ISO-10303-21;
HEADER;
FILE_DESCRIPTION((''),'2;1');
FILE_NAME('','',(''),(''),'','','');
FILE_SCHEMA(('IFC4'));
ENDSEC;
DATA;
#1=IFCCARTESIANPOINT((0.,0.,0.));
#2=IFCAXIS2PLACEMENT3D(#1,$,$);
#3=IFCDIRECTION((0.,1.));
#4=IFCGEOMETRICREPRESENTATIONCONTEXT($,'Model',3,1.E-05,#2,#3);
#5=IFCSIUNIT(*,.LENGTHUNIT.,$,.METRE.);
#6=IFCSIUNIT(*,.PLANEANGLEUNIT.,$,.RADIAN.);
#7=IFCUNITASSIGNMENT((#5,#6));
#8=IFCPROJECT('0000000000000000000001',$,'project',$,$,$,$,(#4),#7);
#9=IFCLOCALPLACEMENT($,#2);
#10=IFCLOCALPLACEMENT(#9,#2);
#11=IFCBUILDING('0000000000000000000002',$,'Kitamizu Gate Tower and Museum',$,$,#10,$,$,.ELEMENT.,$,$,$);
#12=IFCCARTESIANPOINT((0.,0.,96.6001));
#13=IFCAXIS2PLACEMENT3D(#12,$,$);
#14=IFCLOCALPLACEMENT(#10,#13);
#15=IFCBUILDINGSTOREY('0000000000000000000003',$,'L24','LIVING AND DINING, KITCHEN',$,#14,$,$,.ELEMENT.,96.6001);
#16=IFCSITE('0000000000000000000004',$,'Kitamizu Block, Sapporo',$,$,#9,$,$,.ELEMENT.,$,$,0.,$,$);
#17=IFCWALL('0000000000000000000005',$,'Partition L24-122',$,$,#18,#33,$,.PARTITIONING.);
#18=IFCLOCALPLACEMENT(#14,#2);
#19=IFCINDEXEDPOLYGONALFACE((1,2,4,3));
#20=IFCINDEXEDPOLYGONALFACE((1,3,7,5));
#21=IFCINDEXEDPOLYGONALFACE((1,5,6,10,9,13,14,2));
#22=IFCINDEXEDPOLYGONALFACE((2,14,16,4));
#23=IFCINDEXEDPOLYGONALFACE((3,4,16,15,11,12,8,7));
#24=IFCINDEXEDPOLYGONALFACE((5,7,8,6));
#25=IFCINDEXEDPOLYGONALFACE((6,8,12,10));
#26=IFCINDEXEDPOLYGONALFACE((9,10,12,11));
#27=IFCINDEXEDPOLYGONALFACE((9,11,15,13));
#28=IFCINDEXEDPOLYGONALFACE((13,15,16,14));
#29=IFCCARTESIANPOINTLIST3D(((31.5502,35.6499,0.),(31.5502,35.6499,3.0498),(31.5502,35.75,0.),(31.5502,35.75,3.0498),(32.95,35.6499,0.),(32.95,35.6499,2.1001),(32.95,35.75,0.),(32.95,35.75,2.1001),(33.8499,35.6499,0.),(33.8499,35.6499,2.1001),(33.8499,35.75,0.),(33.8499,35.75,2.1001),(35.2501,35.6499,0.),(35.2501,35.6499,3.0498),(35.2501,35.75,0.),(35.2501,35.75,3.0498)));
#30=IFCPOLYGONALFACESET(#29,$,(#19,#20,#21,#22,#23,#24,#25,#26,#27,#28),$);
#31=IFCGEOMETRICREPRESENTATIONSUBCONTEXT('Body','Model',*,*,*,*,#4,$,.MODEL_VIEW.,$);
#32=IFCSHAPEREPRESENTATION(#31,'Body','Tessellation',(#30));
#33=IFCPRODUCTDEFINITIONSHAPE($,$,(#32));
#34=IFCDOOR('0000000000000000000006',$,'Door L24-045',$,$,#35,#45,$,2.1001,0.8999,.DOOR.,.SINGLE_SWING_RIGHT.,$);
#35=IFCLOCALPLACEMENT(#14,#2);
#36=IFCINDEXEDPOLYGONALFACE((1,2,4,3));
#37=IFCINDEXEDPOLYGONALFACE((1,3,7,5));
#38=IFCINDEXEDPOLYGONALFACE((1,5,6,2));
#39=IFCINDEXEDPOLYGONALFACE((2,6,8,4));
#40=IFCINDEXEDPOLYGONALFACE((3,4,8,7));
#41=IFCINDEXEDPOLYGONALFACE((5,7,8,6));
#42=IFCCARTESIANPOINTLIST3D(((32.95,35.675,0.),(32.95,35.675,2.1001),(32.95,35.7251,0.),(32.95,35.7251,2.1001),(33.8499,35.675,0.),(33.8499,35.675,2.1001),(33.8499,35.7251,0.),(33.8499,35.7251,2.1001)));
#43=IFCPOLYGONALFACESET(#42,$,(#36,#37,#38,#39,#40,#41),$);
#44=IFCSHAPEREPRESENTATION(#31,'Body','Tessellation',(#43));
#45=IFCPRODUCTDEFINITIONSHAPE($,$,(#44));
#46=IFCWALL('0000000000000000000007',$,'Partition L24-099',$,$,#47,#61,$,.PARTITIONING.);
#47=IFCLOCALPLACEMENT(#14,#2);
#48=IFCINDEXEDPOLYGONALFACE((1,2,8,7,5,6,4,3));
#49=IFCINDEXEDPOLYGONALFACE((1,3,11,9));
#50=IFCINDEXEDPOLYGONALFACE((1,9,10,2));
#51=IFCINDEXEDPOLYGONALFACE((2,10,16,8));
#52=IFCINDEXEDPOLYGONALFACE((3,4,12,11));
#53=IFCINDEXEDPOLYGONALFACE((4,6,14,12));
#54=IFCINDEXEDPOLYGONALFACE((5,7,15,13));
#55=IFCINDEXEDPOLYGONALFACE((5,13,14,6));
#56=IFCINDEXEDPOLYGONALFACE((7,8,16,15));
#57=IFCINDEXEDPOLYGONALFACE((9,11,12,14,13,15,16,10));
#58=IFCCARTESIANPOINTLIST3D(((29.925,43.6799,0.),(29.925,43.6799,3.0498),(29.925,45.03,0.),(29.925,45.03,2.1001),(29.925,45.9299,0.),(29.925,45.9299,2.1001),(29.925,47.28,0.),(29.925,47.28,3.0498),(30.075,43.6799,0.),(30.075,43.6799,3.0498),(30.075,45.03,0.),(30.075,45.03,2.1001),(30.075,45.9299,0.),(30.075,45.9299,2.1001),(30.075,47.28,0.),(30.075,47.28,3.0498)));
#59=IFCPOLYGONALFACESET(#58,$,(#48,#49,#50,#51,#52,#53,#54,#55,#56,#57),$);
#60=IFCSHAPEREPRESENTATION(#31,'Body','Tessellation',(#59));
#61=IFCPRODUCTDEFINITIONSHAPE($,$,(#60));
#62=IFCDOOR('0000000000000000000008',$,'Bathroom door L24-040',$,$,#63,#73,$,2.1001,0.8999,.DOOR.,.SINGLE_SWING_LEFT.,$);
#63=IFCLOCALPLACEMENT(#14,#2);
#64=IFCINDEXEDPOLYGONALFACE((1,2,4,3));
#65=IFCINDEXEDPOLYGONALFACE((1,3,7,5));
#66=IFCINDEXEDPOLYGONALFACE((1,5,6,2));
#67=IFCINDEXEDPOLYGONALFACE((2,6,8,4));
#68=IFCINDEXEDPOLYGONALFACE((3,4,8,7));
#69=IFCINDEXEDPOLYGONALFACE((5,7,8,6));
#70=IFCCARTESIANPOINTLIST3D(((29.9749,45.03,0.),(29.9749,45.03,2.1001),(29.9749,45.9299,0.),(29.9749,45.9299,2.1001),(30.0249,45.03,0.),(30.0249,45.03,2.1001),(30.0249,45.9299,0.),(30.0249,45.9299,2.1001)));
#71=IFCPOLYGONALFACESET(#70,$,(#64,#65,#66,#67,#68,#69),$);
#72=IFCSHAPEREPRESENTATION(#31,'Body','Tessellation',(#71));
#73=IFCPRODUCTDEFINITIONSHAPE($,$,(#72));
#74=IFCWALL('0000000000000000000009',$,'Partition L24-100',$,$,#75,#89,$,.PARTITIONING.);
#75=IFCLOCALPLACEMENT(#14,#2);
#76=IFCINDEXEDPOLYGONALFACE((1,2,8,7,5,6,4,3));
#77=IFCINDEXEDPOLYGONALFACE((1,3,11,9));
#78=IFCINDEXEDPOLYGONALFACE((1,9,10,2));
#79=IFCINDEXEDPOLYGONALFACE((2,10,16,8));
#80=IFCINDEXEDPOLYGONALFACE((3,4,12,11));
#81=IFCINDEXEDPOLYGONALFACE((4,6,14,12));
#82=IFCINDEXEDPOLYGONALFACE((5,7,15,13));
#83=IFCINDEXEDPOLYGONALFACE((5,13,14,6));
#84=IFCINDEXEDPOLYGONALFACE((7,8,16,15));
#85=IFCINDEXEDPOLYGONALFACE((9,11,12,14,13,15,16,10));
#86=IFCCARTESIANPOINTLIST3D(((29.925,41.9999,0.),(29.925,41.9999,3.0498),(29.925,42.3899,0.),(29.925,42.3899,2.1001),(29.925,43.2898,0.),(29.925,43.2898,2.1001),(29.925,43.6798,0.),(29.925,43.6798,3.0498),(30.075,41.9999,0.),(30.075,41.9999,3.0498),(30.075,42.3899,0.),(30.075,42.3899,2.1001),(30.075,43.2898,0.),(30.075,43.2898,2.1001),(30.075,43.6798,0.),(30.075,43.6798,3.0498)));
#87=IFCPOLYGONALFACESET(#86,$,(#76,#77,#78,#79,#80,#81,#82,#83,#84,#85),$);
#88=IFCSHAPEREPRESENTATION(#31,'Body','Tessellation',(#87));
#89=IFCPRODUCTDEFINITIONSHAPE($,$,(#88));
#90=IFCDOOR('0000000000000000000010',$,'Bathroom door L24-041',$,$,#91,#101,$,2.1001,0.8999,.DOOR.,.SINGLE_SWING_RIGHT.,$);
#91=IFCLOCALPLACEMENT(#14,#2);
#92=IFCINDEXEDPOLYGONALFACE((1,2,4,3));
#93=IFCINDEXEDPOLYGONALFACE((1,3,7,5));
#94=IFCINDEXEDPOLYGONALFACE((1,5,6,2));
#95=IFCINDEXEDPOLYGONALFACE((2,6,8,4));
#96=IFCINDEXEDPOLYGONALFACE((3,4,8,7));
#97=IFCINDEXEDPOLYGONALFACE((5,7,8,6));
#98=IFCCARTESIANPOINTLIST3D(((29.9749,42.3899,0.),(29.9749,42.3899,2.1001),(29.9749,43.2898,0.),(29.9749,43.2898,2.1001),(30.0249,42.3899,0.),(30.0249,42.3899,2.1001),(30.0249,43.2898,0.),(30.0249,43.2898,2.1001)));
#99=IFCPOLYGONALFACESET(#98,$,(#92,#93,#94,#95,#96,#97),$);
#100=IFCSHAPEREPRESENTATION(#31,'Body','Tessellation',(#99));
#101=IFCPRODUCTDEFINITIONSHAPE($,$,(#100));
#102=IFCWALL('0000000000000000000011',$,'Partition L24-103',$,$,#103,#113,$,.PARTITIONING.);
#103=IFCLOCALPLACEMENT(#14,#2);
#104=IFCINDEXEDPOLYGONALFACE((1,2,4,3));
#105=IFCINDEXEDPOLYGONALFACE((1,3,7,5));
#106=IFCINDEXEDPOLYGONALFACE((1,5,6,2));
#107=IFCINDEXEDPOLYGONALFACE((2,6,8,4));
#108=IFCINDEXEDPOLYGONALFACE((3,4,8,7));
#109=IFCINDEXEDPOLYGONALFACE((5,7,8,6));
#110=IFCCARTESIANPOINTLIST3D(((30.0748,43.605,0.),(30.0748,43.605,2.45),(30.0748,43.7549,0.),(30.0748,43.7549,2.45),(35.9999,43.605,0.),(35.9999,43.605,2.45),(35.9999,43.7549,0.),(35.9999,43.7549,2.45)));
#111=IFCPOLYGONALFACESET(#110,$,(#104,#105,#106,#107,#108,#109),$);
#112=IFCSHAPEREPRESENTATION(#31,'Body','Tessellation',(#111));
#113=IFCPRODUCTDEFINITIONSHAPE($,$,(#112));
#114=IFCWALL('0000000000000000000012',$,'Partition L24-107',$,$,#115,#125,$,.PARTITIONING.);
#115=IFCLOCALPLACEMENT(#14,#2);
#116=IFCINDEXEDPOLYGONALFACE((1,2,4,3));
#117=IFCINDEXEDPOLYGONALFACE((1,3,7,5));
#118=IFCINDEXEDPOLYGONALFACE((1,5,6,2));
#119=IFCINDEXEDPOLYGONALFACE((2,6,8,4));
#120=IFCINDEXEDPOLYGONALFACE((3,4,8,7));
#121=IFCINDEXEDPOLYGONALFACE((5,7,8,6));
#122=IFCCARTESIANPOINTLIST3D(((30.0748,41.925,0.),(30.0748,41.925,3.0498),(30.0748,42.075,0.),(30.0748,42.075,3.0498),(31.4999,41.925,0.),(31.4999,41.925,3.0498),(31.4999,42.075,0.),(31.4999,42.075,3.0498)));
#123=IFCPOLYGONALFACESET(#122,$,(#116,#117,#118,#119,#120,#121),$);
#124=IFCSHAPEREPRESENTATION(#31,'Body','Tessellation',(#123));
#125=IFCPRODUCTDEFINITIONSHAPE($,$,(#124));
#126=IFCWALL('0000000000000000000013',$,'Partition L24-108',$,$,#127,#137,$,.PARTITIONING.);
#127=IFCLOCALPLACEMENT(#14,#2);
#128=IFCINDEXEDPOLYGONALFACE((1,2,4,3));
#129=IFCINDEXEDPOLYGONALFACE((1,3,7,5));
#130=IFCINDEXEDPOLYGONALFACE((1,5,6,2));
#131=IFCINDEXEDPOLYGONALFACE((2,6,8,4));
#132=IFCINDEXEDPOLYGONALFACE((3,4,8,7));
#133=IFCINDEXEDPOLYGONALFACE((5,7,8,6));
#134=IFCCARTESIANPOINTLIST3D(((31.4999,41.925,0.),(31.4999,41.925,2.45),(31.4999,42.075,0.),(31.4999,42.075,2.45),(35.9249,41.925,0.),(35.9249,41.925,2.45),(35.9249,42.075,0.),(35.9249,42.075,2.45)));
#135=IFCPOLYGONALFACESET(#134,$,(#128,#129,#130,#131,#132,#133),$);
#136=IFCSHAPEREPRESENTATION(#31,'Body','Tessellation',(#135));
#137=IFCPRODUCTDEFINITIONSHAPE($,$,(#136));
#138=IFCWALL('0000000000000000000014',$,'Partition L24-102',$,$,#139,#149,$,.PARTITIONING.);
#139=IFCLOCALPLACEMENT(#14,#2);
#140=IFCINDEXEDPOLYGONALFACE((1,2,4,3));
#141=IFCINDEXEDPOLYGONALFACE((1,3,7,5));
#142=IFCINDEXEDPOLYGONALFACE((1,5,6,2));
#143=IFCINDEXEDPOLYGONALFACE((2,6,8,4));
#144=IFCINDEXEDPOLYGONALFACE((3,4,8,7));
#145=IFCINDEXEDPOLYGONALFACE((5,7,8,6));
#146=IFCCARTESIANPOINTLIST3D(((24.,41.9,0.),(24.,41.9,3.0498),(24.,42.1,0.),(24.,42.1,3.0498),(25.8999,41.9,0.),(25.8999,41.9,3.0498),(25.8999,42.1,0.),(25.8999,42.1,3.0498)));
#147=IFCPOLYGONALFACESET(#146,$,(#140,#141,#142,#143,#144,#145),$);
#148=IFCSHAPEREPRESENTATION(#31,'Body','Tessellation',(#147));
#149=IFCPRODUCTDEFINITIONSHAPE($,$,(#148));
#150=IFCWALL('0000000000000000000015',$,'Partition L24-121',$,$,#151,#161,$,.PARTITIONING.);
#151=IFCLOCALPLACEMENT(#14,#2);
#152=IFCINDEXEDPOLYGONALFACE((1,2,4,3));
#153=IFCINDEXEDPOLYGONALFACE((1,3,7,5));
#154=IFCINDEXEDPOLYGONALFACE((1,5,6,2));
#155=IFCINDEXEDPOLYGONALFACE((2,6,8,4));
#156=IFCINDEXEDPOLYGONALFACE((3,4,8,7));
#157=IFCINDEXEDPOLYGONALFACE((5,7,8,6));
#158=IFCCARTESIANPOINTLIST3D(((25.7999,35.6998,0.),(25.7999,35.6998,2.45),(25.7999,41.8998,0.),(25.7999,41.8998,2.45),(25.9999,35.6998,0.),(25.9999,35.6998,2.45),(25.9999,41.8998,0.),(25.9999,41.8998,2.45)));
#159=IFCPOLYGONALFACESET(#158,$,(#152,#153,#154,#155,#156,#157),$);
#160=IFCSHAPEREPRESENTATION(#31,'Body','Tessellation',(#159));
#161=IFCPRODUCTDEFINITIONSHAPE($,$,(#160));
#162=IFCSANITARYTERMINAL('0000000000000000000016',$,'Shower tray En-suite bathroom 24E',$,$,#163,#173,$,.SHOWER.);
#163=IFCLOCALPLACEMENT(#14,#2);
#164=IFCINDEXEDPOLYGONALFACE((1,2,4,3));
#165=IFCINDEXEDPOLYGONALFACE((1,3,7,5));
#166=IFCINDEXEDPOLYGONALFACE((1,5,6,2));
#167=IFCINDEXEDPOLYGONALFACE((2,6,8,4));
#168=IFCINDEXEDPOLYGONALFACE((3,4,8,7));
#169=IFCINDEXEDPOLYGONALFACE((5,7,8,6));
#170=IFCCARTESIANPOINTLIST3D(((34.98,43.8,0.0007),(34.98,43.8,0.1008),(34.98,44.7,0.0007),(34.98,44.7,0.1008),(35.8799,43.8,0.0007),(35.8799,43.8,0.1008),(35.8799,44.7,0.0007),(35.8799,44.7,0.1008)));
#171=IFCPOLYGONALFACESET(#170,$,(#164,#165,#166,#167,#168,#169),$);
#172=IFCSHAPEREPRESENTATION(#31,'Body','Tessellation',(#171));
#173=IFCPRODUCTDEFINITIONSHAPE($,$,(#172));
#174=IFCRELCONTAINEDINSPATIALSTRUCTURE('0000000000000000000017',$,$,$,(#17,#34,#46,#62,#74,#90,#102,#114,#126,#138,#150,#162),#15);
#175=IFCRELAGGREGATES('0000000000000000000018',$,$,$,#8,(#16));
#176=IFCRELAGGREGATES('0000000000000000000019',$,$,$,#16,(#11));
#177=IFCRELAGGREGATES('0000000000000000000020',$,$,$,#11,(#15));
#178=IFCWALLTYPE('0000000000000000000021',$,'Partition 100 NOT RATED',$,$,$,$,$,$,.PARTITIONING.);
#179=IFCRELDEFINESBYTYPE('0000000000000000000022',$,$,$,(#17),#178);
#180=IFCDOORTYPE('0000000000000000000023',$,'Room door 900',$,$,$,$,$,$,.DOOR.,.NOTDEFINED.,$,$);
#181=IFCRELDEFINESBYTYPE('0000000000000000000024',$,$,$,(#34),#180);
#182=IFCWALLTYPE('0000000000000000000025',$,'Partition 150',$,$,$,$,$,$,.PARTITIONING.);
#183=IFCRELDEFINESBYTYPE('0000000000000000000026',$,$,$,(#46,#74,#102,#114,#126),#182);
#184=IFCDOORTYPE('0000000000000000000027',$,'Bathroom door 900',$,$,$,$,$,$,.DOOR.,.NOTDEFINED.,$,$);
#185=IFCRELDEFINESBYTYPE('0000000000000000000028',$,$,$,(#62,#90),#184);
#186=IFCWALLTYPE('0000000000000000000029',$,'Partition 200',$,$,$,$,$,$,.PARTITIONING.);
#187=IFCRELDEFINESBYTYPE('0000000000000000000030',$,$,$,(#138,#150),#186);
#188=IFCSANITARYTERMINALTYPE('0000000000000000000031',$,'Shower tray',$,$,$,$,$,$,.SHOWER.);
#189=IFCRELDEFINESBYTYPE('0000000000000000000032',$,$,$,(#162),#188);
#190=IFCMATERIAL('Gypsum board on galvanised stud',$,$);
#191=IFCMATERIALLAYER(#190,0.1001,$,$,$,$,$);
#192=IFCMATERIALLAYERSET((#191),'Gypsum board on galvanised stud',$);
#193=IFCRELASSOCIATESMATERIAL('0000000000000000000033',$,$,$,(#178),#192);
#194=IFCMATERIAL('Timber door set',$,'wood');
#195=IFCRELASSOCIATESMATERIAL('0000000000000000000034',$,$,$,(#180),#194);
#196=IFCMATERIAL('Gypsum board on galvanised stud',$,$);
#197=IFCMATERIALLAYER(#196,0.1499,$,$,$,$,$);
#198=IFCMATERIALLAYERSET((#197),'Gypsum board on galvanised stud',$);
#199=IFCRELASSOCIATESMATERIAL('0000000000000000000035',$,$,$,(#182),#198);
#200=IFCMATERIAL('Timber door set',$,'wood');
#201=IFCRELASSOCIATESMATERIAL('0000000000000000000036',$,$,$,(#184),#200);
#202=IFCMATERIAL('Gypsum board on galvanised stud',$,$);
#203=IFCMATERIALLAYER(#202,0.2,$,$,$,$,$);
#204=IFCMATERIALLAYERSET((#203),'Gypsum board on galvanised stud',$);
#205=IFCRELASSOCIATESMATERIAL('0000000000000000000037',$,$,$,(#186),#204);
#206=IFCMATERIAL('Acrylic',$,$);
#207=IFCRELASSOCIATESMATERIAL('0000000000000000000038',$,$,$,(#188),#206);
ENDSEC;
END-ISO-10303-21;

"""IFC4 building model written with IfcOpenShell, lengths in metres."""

from ifc_helpers import new_model, si_unit, direction, frame, frame_2d, origin, origin_2d, place, context, subcontext, project, spatial, rectangle, extrude, material, layer, layer_set, type_object, element, fill, save


model = new_model("IFC4")

# Units and contexts
model_context = context("Model", 3, precision=1e-05, world=origin(), true_north=direction((0.0, 1.0)))
body_context = subcontext(model_context, "Body", "Model", "MODEL_VIEW")
ifc_project = project(units=[si_unit("LENGTHUNIT", "METRE"), si_unit("PLANEANGLEUNIT", "RADIAN")], contexts=[model_context])

# Site, building, storey
site_placement = place(None, origin())
site = spatial("IfcSite", under=ifc_project, at=site_placement, Name="Kitamizu Block, Sapporo", CompositionType="ELEMENT", RefElevation=0.0)
building_placement = place(site_placement, origin())
building = spatial("IfcBuilding", under=site, at=building_placement, Name="Kitamizu Gate Tower and Museum", CompositionType="ELEMENT")
storey_placement = place(building_placement, frame((0.0, 0.0, 96.6001)))
storey = spatial("IfcBuildingStorey", under=building, at=storey_placement, Name="L24", Description="LIVING AND DINING, KITCHEN", CompositionType="ELEMENT", Elevation=96.6001)

# Shared definitions
ifc_material_1 = material(Name="Gypsum board on galvanised stud")
ifc_layer_1 = layer(ifc_material_1, 0.1001)
ifc_layer_set_1 = layer_set([ifc_layer_1], Name="Gypsum board on galvanised stud")
wall_type_1 = type_object("IfcWallType", Name="Partition 100 NOT RATED", PredefinedType="PARTITIONING", material=ifc_layer_set_1)
ifc_material_2 = material(Name="Timber door set", Category="wood")
door_type_1 = type_object("IfcDoorType", Name="Room door 900", OperationType="NOTDEFINED", PredefinedType="DOOR", material=ifc_material_2)

# Walls, openings, doors
wall_1_placement = place(storey_placement, frame((31.55, 35.7, 0.0), z_axis=(0.0, 0.0, 1.0), x_axis=(1.0, 0.0, 0.0)))
wall_1 = element("IfcWall", 1, at=wall_1_placement, inside=storey, type_object=wall_type_1, Name="Partition L24-122", PredefinedType="PARTITIONING", context=body_context, shape_type="SweptSolid", body=[
    extrude(rectangle(XDim=3.7, YDim=0.1001, at=frame_2d((1.8501, 0.0))), origin(), (0.0, 0.0, 1.0), 3.0498),
])
opening_1_placement = place(wall_1_placement, frame((1.3999, 0.0, 0.0)))
opening_1 = element("IfcOpeningElement", 2, at=opening_1_placement, cuts=wall_1, PredefinedType="OPENING", context=body_context, shape_type="SweptSolid", body=[
    extrude(rectangle(XDim=0.8999, YDim=2.1001, at=frame_2d((0.45, 1.05))), frame((0.0, 0.0601, 0.0), z_axis=(0.0, -1.0, 0.0), x_axis=(1.0, 0.0, 0.0)), (0.0, 0.0, 1.0), 0.1201),
])
door_1_placement = place(opening_1_placement, frame((0.8999, 0.0, 0.0), x_axis=(-1.0, 0.0, 0.0)))
door_1 = element("IfcDoor", 3, at=door_1_placement, inside=storey, type_object=door_type_1, Name="Door L24-045", OperationType="SINGLE_SWING_RIGHT", OverallHeight=2.1001, OverallWidth=0.8999, PredefinedType="DOOR", context=body_context, shape_type="SweptSolid", body=[
    extrude(rectangle(XDim=0.8999, YDim=2.1001, at=frame_2d((0.45, 1.05))), frame((0.0, 0.0249, 0.0), z_axis=(0.0, -1.0, 0.0), x_axis=(1.0, 0.0, 0.0)), (0.0, 0.0, 1.0), 0.05),
])
fill(opening_1, door_1)
ifc_material_3 = material(Name="Gypsum board on galvanised stud")
ifc_layer_2 = layer(ifc_material_3, 0.1499)
ifc_layer_set_2 = layer_set([ifc_layer_2], Name="Gypsum board on galvanised stud")
wall_type_2 = type_object("IfcWallType", Name="Partition 150", PredefinedType="PARTITIONING", material=ifc_layer_set_2)
wall_2_placement = place(storey_placement, frame((30.0, 43.6799, 0.0), z_axis=(0.0, 0.0, 1.0), x_axis=(0.0, 1.0, 0.0)))
wall_2 = element("IfcWall", 4, at=wall_2_placement, inside=storey, type_object=wall_type_2, Name="Partition L24-099", PredefinedType="PARTITIONING", context=body_context, shape_type="SweptSolid", body=[
    extrude(rectangle(XDim=3.6001, YDim=0.1499, at=frame_2d((1.8, 0.0))), origin(), (0.0, 0.0, 1.0), 3.0498),
])
opening_2_placement = place(wall_2_placement, frame((1.3501, 0.0, 0.0)))
opening_2 = element("IfcOpeningElement", 5, at=opening_2_placement, cuts=wall_2, PredefinedType="OPENING", context=body_context, shape_type="SweptSolid", body=[
    extrude(rectangle(XDim=0.8999, YDim=2.1001, at=frame_2d((0.45, 1.05))), frame((0.0, 0.085, 0.0), z_axis=(0.0, -1.0, 0.0), x_axis=(1.0, 0.0, 0.0)), (0.0, 0.0, 1.0), 0.1699),
])
ifc_material_4 = material(Name="Timber door set", Category="wood")
door_type_2 = type_object("IfcDoorType", Name="Bathroom door 900", OperationType="NOTDEFINED", PredefinedType="DOOR", material=ifc_material_4)
door_2_placement = place(opening_2_placement, frame((0.8999, 0.0, 0.0), x_axis=(-1.0, 0.0, 0.0)))
door_2 = element("IfcDoor", 6, at=door_2_placement, inside=storey, type_object=door_type_2, Name="Bathroom door L24-040", OperationType="SINGLE_SWING_LEFT", OverallHeight=2.1001, OverallWidth=0.8999, PredefinedType="DOOR", context=body_context, shape_type="SweptSolid", body=[
    extrude(rectangle(XDim=0.8999, YDim=2.1001, at=frame_2d((0.45, 1.05))), frame((0.0, 0.0249, 0.0), z_axis=(0.0, -1.0, 0.0), x_axis=(1.0, 0.0, 0.0)), (0.0, 0.0, 1.0), 0.05),
])
fill(opening_2, door_2)
wall_3_placement = place(storey_placement, frame((30.0, 42.0, 0.0), z_axis=(0.0, 0.0, 1.0), x_axis=(0.0, 1.0, 0.0)))
wall_3 = element("IfcWall", 7, at=wall_3_placement, inside=storey, type_object=wall_type_2, Name="Partition L24-100", PredefinedType="PARTITIONING", context=body_context, shape_type="SweptSolid", body=[
    extrude(rectangle(XDim=1.6799, YDim=0.1499, at=frame_2d((0.8398, 0.0))), origin(), (0.0, 0.0, 1.0), 3.0498),
])
opening_3_placement = place(wall_3_placement, frame((0.3899, 0.0, 0.0)))
opening_3 = element("IfcOpeningElement", 8, at=opening_3_placement, cuts=wall_3, PredefinedType="OPENING", context=body_context, shape_type="SweptSolid", body=[
    extrude(rectangle(XDim=0.8999, YDim=2.1001, at=frame_2d((0.45, 1.05))), frame((0.0, 0.085, 0.0), z_axis=(0.0, -1.0, 0.0), x_axis=(1.0, 0.0, 0.0)), (0.0, 0.0, 1.0), 0.1699),
])
door_3_placement = place(opening_3_placement, frame((0.8999, 0.0, 0.0), x_axis=(-1.0, 0.0, 0.0)))
door_3 = element("IfcDoor", 9, at=door_3_placement, inside=storey, type_object=door_type_2, Name="Bathroom door L24-041", OperationType="SINGLE_SWING_RIGHT", OverallHeight=2.1001, OverallWidth=0.8999, PredefinedType="DOOR", context=body_context, shape_type="SweptSolid", body=[
    extrude(rectangle(XDim=0.8999, YDim=2.1001, at=frame_2d((0.45, 1.05))), frame((0.0, 0.0249, 0.0), z_axis=(0.0, -1.0, 0.0), x_axis=(1.0, 0.0, 0.0)), (0.0, 0.0, 1.0), 0.05),
])
fill(opening_3, door_3)

# Walls
wall_4_placement = place(storey_placement, frame((30.075, 43.6799, 0.0), z_axis=(0.0, 0.0, 1.0), x_axis=(1.0, 0.0, 0.0)))
element("IfcWall", 10, at=wall_4_placement, inside=storey, type_object=wall_type_2, Name="Partition L24-103", PredefinedType="PARTITIONING", context=body_context, shape_type="SweptSolid", body=[
    extrude(rectangle(XDim=5.925, YDim=0.1499, at=frame_2d((2.9624, 0.0))), origin(), (0.0, 0.0, 1.0), 2.45),
])
wall_5_placement = place(storey_placement, frame((30.075, 42.0, 0.0), z_axis=(0.0, 0.0, 1.0), x_axis=(1.0, 0.0, 0.0)))
element("IfcWall", 11, at=wall_5_placement, inside=storey, type_object=wall_type_2, Name="Partition L24-107", PredefinedType="PARTITIONING", context=body_context, shape_type="SweptSolid", body=[
    extrude(rectangle(XDim=1.425, YDim=0.1499, at=frame_2d((0.7124, 0.0))), origin(), (0.0, 0.0, 1.0), 3.0498),
])
wall_6_placement = place(storey_placement, frame((31.5, 42.0, 0.0), z_axis=(0.0, 0.0, 1.0), x_axis=(1.0, 0.0, 0.0)))
element("IfcWall", 12, at=wall_6_placement, inside=storey, type_object=wall_type_2, Name="Partition L24-108", PredefinedType="PARTITIONING", context=body_context, shape_type="SweptSolid", body=[
    extrude(rectangle(XDim=4.425, YDim=0.1499, at=frame_2d((2.2124, 0.0))), origin(), (0.0, 0.0, 1.0), 2.45),
])
ifc_material_5 = material(Name="Gypsum board on galvanised stud")
ifc_layer_3 = layer(ifc_material_5, 0.2)
ifc_layer_set_3 = layer_set([ifc_layer_3], Name="Gypsum board on galvanised stud")
wall_type_3 = type_object("IfcWallType", Name="Partition 200", PredefinedType="PARTITIONING", material=ifc_layer_set_3)
wall_7_placement = place(storey_placement, frame((24.0, 42.0, 0.0), z_axis=(0.0, 0.0, 1.0), x_axis=(1.0, 0.0, 0.0)))
element("IfcWall", 13, at=wall_7_placement, inside=storey, type_object=wall_type_3, Name="Partition L24-102", PredefinedType="PARTITIONING", context=body_context, shape_type="SweptSolid", body=[
    extrude(rectangle(XDim=1.8999, YDim=0.2, at=frame_2d((0.95, 0.0))), origin(), (0.0, 0.0, 1.0), 3.0498),
])
wall_8_placement = place(storey_placement, frame((25.8999, 41.8999, 0.0), z_axis=(0.0, 0.0, 1.0), x_axis=(0.0, -1.0, 0.0)))
element("IfcWall", 14, at=wall_8_placement, inside=storey, type_object=wall_type_3, Name="Partition L24-121", PredefinedType="PARTITIONING", context=body_context, shape_type="SweptSolid", body=[
    extrude(rectangle(XDim=6.2, YDim=0.2, at=frame_2d((3.1001, 0.0))), origin(), (0.0, 0.0, 1.0), 2.45),
])

# Sanitary terminal
ifc_material_6 = material(Name="Acrylic")
sanitary_terminal_type_1 = type_object("IfcSanitaryTerminalType", Name="Shower tray", PredefinedType="SHOWER", material=ifc_material_6)
sanitary_terminal_placement = place(storey_placement, frame((35.4299, 44.25, 0.0007), z_axis=(0.0, 0.0, 1.0), x_axis=(1.0, 0.0, 0.0)))
element("IfcSanitaryTerminal", 15, at=sanitary_terminal_placement, inside=storey, type_object=sanitary_terminal_type_1, Name="Shower tray En-suite bathroom 24E", PredefinedType="SHOWER", context=body_context, shape_type="SweptSolid", body=[
    extrude(rectangle(XDim=0.8999, YDim=0.8999, at=origin_2d()), origin(), (0.0, 0.0, 1.0), 0.1001),
])

save(model, "model.ifc")
